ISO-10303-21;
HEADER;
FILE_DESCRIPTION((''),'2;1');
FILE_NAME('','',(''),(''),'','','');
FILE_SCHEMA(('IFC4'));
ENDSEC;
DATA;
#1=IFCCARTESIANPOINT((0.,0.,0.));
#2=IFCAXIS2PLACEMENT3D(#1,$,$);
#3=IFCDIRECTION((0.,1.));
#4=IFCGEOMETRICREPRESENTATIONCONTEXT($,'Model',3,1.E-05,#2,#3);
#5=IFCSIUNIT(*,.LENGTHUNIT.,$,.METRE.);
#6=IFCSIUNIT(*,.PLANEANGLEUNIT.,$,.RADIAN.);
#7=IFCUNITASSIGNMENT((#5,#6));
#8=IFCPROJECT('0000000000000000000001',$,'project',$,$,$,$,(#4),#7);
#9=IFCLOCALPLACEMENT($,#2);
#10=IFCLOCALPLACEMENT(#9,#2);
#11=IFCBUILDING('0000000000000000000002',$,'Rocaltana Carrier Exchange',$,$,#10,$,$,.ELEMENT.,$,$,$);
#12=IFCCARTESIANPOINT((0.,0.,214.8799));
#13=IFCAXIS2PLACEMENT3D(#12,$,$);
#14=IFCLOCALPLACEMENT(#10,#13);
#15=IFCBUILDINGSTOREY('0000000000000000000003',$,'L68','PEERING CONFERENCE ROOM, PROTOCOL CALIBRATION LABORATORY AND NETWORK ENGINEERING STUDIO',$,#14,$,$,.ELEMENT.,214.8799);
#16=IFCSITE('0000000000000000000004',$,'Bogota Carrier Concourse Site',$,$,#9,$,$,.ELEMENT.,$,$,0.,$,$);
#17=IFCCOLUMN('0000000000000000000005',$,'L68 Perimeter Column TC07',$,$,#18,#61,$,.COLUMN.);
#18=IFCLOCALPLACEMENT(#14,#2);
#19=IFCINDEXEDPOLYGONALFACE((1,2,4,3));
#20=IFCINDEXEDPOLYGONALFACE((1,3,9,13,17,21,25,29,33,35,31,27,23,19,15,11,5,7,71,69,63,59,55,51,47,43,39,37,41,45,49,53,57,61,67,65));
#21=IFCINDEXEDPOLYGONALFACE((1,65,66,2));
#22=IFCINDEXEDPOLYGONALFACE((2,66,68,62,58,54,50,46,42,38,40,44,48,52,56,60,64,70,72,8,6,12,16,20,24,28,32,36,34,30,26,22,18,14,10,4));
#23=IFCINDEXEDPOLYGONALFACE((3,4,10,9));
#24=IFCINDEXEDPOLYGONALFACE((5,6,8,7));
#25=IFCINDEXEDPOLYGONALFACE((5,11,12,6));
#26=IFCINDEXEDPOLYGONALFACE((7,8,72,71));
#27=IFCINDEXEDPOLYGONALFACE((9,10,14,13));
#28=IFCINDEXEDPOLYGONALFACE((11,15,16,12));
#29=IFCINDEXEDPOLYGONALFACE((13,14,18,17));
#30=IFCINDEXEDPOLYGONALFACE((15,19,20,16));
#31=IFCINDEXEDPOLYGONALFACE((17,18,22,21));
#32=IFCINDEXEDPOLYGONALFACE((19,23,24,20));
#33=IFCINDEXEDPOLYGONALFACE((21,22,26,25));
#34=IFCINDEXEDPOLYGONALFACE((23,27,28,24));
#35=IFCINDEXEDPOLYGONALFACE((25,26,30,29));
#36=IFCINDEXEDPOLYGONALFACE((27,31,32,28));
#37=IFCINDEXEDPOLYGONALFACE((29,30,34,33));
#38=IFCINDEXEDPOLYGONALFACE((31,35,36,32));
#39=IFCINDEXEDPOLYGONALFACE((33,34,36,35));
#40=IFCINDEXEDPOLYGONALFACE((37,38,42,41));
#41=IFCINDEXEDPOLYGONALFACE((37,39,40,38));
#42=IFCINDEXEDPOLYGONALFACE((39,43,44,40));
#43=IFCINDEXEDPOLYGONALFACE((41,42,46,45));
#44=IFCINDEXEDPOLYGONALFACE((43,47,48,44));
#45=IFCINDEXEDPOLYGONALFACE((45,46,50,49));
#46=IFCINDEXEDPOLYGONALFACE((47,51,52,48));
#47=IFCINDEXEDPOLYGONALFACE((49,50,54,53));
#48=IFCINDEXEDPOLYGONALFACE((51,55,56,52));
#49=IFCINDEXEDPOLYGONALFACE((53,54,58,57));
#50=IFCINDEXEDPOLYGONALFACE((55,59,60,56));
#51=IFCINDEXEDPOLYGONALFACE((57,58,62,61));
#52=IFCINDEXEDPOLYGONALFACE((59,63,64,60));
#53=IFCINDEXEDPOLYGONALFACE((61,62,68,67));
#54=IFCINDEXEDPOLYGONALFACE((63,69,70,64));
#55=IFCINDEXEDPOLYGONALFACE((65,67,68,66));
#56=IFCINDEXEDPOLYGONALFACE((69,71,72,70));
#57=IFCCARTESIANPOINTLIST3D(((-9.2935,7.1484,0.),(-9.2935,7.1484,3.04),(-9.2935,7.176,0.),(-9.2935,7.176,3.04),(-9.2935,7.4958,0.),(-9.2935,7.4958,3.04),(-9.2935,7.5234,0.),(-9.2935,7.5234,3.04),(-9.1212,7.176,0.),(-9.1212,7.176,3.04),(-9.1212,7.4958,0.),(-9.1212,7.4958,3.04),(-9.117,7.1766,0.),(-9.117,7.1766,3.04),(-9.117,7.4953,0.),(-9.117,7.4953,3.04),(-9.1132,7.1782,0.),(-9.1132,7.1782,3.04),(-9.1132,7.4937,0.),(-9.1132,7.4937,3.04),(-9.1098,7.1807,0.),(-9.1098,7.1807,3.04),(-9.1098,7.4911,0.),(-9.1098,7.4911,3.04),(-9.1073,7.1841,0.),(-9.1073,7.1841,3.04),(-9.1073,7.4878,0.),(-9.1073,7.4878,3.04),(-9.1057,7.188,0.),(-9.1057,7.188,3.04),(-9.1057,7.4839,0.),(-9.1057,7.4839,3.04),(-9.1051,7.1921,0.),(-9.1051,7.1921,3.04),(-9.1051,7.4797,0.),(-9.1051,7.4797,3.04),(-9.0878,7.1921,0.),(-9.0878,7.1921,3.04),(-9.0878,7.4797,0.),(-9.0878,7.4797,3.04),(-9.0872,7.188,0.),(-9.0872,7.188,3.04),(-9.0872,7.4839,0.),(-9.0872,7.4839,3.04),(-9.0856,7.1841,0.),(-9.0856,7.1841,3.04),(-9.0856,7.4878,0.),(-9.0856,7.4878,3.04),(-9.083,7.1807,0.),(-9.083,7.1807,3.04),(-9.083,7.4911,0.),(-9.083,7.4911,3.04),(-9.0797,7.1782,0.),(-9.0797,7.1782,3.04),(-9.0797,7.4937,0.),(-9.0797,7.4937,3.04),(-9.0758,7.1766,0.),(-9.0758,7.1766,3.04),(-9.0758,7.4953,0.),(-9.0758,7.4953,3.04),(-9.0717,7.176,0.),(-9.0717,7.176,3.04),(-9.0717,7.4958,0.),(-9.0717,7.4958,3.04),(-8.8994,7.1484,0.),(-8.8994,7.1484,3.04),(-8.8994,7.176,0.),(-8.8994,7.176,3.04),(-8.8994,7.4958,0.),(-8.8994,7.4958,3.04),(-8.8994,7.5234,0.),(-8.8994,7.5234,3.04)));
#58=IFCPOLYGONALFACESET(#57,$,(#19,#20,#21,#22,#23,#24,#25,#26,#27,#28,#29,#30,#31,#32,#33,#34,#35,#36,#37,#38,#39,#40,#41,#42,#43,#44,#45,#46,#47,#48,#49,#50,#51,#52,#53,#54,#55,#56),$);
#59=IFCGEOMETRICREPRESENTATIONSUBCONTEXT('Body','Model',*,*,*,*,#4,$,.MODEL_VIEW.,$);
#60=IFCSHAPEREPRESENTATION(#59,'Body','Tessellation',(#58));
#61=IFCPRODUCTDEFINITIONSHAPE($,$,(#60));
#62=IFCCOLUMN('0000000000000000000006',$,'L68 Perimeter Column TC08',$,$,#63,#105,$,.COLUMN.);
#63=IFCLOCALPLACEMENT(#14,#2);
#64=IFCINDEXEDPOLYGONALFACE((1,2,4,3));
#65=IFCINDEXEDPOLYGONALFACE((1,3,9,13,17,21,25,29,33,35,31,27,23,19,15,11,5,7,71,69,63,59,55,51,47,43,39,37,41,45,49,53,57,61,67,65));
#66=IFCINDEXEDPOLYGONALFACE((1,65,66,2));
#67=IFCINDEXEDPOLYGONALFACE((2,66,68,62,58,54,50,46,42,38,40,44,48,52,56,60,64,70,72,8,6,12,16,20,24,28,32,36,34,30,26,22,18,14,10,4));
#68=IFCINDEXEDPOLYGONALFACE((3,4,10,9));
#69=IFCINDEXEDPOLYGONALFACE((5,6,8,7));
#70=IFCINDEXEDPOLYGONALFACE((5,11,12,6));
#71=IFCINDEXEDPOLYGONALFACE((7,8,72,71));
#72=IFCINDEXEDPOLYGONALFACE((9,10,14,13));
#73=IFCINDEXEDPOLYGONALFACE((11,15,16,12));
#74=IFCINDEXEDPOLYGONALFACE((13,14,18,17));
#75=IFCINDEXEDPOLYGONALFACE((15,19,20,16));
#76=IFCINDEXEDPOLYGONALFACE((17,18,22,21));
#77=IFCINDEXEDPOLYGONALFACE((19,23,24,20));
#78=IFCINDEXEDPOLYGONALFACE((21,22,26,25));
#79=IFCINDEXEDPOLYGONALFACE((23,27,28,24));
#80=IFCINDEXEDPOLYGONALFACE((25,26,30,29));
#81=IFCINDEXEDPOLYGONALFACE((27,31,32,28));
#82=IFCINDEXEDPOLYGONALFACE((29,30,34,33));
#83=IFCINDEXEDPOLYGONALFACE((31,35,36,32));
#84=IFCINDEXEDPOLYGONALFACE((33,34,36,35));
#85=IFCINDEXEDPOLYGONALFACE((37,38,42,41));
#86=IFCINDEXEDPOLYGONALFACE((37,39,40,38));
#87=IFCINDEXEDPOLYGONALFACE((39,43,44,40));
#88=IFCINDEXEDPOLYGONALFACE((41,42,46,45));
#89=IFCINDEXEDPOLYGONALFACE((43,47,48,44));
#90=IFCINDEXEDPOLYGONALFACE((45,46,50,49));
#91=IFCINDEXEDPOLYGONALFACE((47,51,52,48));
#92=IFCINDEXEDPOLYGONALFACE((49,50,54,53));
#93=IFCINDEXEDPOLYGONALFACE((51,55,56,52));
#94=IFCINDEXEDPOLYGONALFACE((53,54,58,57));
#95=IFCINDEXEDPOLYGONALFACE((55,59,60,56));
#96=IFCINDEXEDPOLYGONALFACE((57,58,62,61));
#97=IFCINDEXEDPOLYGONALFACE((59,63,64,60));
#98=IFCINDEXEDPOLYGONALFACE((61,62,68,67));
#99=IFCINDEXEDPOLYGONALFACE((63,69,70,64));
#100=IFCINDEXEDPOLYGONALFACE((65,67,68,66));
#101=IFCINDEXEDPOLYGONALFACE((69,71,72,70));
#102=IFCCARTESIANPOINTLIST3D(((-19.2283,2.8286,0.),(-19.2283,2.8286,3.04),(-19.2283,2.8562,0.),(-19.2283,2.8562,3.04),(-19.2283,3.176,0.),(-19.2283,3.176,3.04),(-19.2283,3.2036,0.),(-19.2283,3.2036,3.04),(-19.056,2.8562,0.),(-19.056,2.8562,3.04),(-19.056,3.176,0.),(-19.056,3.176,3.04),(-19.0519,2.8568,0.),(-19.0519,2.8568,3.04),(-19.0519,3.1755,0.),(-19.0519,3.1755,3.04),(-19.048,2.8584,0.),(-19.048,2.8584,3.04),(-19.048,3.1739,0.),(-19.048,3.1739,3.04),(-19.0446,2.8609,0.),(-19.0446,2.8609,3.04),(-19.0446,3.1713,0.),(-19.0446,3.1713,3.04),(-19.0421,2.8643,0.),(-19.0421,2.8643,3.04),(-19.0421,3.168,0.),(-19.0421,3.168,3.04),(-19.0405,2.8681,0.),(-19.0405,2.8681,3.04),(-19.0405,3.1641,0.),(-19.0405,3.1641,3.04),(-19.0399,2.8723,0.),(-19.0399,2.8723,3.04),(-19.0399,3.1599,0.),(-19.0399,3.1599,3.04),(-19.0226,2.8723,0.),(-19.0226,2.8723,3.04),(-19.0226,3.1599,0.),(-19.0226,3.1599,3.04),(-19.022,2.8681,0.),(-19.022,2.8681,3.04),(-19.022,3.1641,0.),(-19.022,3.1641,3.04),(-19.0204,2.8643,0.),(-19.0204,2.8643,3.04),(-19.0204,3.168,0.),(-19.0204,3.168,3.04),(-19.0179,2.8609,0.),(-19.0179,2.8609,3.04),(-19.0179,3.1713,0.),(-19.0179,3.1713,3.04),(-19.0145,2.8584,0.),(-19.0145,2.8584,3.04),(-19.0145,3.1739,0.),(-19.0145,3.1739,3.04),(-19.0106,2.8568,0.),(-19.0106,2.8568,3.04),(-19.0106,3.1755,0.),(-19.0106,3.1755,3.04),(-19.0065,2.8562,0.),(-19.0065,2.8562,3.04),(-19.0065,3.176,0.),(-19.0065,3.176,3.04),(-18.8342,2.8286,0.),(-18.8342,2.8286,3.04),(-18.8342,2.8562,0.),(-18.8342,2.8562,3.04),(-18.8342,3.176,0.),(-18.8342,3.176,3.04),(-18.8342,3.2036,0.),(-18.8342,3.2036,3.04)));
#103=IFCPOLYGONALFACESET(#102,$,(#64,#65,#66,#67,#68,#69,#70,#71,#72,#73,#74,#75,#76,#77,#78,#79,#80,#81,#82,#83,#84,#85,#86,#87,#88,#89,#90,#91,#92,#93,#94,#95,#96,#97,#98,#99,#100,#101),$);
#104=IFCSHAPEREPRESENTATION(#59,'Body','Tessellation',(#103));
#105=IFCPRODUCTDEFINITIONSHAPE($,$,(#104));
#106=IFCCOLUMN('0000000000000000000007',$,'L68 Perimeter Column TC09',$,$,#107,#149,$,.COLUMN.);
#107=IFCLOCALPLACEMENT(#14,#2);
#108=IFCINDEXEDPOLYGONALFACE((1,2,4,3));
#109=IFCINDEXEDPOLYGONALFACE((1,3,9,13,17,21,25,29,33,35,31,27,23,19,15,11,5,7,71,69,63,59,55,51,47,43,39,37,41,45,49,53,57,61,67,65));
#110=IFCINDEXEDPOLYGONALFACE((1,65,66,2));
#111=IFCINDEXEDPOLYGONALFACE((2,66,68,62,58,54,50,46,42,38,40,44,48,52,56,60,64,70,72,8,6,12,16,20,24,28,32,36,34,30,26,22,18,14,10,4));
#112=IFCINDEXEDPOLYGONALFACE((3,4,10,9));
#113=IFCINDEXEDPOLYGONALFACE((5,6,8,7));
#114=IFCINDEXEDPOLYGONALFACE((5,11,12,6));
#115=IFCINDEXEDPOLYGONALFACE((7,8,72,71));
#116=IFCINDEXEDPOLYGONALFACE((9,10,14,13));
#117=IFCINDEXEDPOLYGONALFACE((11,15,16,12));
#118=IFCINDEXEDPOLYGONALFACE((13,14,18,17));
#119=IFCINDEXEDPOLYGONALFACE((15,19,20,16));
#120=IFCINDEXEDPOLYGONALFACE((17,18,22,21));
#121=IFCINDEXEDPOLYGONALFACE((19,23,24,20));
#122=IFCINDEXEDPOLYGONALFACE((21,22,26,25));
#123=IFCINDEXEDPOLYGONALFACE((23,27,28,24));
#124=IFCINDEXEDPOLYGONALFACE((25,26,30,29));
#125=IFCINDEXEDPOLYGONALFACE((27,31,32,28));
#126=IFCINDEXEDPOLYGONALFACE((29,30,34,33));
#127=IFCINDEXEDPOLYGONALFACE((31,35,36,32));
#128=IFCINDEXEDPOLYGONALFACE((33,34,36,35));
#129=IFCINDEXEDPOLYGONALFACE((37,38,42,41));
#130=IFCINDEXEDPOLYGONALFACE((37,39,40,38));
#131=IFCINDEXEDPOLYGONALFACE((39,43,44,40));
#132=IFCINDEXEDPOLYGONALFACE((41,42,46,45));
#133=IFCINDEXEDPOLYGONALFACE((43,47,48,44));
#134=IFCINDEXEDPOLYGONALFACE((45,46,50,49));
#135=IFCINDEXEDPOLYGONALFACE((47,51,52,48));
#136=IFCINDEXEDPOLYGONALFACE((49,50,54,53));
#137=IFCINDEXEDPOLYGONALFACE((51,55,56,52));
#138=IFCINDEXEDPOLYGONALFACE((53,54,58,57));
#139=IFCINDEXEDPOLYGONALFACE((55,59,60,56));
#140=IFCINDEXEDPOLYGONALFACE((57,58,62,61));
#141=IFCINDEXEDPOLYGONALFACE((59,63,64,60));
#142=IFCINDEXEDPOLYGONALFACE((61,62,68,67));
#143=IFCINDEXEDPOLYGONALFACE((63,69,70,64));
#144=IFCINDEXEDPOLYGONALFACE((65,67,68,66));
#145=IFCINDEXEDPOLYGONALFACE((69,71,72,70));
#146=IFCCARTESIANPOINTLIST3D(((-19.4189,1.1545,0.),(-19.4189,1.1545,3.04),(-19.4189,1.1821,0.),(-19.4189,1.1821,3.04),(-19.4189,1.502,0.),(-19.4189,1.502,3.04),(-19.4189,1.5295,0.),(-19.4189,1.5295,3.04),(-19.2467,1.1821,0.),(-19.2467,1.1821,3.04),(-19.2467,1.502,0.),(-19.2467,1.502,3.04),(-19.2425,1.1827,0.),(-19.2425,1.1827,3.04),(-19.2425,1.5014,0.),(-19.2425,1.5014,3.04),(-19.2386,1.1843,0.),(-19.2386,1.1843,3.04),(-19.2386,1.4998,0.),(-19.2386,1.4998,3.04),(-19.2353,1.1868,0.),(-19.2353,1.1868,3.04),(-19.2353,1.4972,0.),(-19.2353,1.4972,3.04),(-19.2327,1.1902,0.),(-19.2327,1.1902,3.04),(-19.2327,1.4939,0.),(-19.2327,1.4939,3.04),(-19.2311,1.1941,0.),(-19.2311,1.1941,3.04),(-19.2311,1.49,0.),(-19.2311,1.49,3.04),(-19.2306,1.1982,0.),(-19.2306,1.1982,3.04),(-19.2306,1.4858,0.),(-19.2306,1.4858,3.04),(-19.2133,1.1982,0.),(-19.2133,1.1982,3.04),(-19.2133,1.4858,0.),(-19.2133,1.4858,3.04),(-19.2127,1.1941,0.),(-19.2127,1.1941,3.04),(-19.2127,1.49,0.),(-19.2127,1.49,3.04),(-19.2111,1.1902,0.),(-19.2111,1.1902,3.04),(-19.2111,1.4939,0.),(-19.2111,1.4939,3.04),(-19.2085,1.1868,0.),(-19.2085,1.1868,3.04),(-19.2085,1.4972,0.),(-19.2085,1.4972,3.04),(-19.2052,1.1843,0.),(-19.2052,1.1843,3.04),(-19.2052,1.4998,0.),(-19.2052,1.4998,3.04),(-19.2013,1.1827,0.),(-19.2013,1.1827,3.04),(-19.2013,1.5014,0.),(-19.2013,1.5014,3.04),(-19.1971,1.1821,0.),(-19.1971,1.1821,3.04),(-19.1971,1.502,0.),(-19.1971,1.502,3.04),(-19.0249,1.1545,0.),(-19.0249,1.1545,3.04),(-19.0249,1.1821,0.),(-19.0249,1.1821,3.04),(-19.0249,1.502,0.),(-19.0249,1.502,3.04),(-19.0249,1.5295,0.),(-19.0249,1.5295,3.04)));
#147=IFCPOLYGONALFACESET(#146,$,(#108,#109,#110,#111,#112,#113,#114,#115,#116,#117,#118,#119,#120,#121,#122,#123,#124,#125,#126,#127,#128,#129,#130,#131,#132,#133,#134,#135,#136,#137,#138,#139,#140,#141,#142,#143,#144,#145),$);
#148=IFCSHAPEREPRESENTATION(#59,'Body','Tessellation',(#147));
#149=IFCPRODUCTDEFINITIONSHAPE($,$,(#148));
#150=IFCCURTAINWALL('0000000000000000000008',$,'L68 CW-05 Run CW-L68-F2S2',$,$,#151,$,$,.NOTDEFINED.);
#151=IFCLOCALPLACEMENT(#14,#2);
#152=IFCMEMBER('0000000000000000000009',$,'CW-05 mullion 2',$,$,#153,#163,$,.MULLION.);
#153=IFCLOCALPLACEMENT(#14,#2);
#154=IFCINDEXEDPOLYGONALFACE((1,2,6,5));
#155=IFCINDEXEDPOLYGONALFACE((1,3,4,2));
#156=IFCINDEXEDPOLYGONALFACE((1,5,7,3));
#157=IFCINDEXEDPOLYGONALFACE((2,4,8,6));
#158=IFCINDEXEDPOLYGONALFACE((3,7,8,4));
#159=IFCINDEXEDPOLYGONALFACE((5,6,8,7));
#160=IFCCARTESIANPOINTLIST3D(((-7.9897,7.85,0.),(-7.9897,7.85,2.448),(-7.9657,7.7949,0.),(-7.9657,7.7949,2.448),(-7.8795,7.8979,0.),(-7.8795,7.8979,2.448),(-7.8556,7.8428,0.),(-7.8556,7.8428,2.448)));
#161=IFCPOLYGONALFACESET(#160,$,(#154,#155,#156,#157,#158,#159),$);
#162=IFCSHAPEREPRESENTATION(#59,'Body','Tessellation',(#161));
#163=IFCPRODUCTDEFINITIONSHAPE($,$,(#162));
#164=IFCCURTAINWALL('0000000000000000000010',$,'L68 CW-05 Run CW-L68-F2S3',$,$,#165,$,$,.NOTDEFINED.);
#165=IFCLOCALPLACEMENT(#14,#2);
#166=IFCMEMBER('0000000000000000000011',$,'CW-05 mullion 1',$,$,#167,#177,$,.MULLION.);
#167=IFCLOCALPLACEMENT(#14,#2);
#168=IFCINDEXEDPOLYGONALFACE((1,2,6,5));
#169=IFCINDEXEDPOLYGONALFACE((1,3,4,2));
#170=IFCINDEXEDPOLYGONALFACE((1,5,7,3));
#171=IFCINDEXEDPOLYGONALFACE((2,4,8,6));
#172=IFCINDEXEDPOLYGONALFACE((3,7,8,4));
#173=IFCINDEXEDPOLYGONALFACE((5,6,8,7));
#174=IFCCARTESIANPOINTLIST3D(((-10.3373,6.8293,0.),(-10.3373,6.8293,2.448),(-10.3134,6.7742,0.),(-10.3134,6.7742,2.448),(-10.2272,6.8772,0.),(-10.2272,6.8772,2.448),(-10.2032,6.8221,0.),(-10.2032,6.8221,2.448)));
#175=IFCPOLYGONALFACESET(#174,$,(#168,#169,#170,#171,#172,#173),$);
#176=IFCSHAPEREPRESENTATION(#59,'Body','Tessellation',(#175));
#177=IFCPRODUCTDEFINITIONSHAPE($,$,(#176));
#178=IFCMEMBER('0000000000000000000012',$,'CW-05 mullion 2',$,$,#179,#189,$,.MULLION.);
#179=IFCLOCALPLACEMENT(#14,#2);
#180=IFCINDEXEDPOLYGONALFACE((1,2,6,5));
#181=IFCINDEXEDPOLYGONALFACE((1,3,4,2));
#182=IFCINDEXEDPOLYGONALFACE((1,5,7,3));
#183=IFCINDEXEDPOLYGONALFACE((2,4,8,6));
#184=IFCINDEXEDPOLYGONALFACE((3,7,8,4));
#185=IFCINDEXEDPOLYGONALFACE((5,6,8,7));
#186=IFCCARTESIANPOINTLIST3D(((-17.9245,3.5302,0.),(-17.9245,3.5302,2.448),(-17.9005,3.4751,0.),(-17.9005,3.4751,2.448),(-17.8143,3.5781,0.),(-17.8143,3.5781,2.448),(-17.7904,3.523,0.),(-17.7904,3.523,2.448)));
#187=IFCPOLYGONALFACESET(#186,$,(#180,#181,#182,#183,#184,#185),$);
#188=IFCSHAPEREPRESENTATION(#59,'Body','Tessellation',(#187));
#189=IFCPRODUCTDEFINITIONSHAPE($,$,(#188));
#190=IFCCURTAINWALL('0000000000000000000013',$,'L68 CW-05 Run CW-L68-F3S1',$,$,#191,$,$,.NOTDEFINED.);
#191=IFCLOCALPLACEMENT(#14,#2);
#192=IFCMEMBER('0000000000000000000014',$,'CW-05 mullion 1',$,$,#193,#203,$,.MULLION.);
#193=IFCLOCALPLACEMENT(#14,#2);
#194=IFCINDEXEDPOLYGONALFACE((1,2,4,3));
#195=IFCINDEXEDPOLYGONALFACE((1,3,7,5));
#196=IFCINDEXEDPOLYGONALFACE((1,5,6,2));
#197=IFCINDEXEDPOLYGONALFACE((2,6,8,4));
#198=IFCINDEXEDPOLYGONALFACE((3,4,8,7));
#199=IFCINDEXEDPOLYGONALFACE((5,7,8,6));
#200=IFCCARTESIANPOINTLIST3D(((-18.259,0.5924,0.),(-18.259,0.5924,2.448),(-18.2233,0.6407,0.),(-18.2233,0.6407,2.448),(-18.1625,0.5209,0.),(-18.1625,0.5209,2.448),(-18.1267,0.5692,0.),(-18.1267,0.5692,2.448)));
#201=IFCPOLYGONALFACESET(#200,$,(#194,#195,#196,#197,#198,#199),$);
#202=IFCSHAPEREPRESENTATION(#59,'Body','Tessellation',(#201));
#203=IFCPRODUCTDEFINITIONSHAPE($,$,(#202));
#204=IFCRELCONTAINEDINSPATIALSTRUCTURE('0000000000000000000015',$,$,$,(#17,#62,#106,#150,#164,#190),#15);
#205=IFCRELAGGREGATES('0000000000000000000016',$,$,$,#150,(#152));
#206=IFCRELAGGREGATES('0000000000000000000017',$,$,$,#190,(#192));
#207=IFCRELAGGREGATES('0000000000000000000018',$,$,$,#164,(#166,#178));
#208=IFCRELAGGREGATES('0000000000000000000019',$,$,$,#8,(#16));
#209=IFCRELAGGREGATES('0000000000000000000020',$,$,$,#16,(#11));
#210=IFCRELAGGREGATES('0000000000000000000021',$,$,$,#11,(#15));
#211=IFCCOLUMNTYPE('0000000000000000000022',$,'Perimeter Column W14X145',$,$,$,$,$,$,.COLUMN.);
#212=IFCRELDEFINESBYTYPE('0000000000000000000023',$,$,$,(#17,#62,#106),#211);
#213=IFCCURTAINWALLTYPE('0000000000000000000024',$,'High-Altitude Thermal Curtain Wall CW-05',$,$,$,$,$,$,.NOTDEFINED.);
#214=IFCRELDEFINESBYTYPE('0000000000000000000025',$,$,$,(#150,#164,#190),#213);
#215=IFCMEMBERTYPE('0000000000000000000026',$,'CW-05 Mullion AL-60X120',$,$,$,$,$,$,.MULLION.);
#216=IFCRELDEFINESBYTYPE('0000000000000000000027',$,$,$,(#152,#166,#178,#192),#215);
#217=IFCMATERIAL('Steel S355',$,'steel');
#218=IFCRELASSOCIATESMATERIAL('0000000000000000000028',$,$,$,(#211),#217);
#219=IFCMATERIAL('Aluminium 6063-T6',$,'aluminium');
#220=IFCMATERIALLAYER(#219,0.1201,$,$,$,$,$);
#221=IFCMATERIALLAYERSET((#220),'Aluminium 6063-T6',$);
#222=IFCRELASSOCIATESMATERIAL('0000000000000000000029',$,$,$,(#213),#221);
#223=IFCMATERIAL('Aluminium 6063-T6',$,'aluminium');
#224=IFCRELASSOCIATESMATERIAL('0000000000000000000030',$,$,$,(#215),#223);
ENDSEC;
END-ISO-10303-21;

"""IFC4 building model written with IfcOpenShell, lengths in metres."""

from ifc_helpers import new_model, si_unit, direction, frame, origin, origin_2d, place, context, subcontext, project, spatial, rectangle, i_section, extrude, material, layer, layer_set, material_profile, profile_set, type_object, element, aggregate, save


model = new_model("IFC4")

# Units and contexts
model_context = context("Model", 3, precision=1e-05, world=origin(), true_north=direction((0.0, 1.0)))
body_context = subcontext(model_context, "Body", "Model", "MODEL_VIEW")
ifc_project = project(units=[si_unit("LENGTHUNIT", "METRE"), si_unit("PLANEANGLEUNIT", "RADIAN")], contexts=[model_context])

# Site, building, storey
site_placement = place(None, origin())
site = spatial("IfcSite", under=ifc_project, at=site_placement, Name="Bogota Carrier Concourse Site", CompositionType="ELEMENT", RefElevation=0.0)
building_placement = place(site_placement, origin())
building = spatial("IfcBuilding", under=site, at=building_placement, Name="Rocaltana Carrier Exchange", CompositionType="ELEMENT")
storey_placement = place(building_placement, frame((0.0, 0.0, 214.8799)))
storey = spatial("IfcBuildingStorey", under=building, at=storey_placement, Name="L68", Description="PEERING CONFERENCE ROOM, PROTOCOL CALIBRATION LABORATORY AND NETWORK ENGINEERING STUDIO", CompositionType="ELEMENT", Elevation=214.8799)

# Columns
ifc_material_1 = material(Name="Steel S355", Category="steel")
ifc_material_profile_1 = material_profile(ifc_material_1, i_section(OverallWidth=0.394, OverallDepth=0.375, WebThickness=0.0173, FlangeThickness=0.0276, FilletRadius=0.0161, at=origin_2d()), Name="W14X145")
ifc_profile_set_1 = profile_set([ifc_material_profile_1], Name="Steel S355")
column_type = type_object("IfcColumnType", Name="Perimeter Column W14X145", PredefinedType="COLUMN", material=ifc_profile_set_1)
for number, where, z_axis, x_axis, name in (
    (1, (-9.0964, 7.3359, 0.0), (0.0, 0.0, 1.0), (1.0, 0.0, 0.0), "L68 Perimeter Column TC07"),
    (2, (-19.0312, 3.0161, 0.0), (0.0, 0.0, 1.0), (1.0, 0.0, 0.0), "L68 Perimeter Column TC08"),
    (3, (-19.2219, 1.342, 0.0), (0.0, 0.0, 1.0), (1.0, 0.0, 0.0), "L68 Perimeter Column TC09"),
):
    element("IfcColumn", number, at=place(storey_placement, frame(where, z_axis=z_axis, x_axis=x_axis)), inside=storey, type_object=column_type, Name=name, PredefinedType="COLUMN", context=body_context, shape_type="SweptSolid", body=[
        extrude(i_section(OverallWidth=0.394, OverallDepth=0.375, WebThickness=0.0173, FlangeThickness=0.0276, FilletRadius=0.0161, at=origin_2d()), origin(), (0.0, 0.0, 1.0), 3.04),
    ])

# Curtain wall, member
ifc_material_2 = material(Name="Aluminium 6063-T6", Category="aluminium")
ifc_layer_1 = layer(ifc_material_2, 0.1201)
ifc_layer_set_1 = layer_set([ifc_layer_1], Name="Aluminium 6063-T6")
curtain_wall_type = type_object("IfcCurtainWallType", Name="High-Altitude Thermal Curtain Wall CW-05", PredefinedType="NOTDEFINED", material=ifc_layer_set_1)
curtain_wall_1_placement = place(storey_placement, origin())
curtain_wall_1 = element("IfcCurtainWall", 4, at=curtain_wall_1_placement, inside=storey, type_object=curtain_wall_type, Name="L68 CW-05 Run CW-L68-F2S2", PredefinedType="NOTDEFINED")
ifc_material_3 = material(Name="Aluminium 6063-T6", Category="aluminium")
ifc_material_profile_2 = material_profile(ifc_material_3, rectangle(XDim=0.0601, YDim=0.1201, at=origin_2d()), Name="AL-60X120")
ifc_profile_set_2 = profile_set([ifc_material_profile_2], Name="Aluminium 6063-T6")
member_type_1 = type_object("IfcMemberType", Name="CW-05 Mullion AL-60X120", PredefinedType="MULLION", material=ifc_profile_set_2)
member_1_placement = place(storey_placement, frame((-7.9226, 7.8464, 0.0), z_axis=(0.0, 0.0, 1.0), x_axis=(0.398752, -0.917059, 0.0)))
member_1 = element("IfcMember", 5, at=member_1_placement, type_object=member_type_1, Name="CW-05 mullion 2", PredefinedType="MULLION", context=body_context, shape_type="SweptSolid", body=[
    extrude(rectangle(XDim=0.0601, YDim=0.1201, at=origin_2d()), origin(), (0.0, 0.0, 1.0), 2.448),
])
aggregate(curtain_wall_1, [member_1])

# Curtain wall, members
curtain_wall_2_placement = place(storey_placement, origin())
curtain_wall_2 = element("IfcCurtainWall", 6, at=curtain_wall_2_placement, inside=storey, type_object=curtain_wall_type, Name="L68 CW-05 Run CW-L68-F2S3", PredefinedType="NOTDEFINED")
member_2_placement = place(storey_placement, frame((-10.2703, 6.8257, 0.0), z_axis=(0.0, 0.0, 1.0), x_axis=(0.398757, -0.917057, 0.0)))
member_2 = element("IfcMember", 7, at=member_2_placement, type_object=member_type_1, Name="CW-05 mullion 1", PredefinedType="MULLION", context=body_context, shape_type="SweptSolid", body=[
    extrude(rectangle(XDim=0.0601, YDim=0.1201, at=origin_2d()), origin(), (0.0, 0.0, 1.0), 2.448),
])
member_3_placement = place(storey_placement, frame((-17.8574, 3.5266, 0.0), z_axis=(0.0, 0.0, 1.0), x_axis=(0.398757, -0.917057, 0.0)))
member_3 = element("IfcMember", 8, at=member_3_placement, type_object=member_type_1, Name="CW-05 mullion 2", PredefinedType="MULLION", context=body_context, shape_type="SweptSolid", body=[
    extrude(rectangle(XDim=0.0601, YDim=0.1201, at=origin_2d()), origin(), (0.0, 0.0, 1.0), 2.448),
])

# Curtain wall, member
curtain_wall_3_placement = place(storey_placement, origin())
curtain_wall_3 = element("IfcCurtainWall", 9, at=curtain_wall_3_placement, inside=storey, type_object=curtain_wall_type, Name="L68 CW-05 Run CW-L68-F3S1", PredefinedType="NOTDEFINED")
member_4_placement = place(storey_placement, frame((-18.1929, 0.5808, 0.0), z_axis=(0.0, 0.0, 1.0), x_axis=(0.594827, 0.803854, 0.0)))
member_4 = element("IfcMember", 10, at=member_4_placement, type_object=member_type_1, Name="CW-05 mullion 1", PredefinedType="MULLION", context=body_context, shape_type="SweptSolid", body=[
    extrude(rectangle(XDim=0.0601, YDim=0.1201, at=origin_2d()), origin(), (0.0, 0.0, 1.0), 2.448),
])

aggregate(curtain_wall_3, [member_4])

aggregate(curtain_wall_2, [member_2, member_3])

save(model, "model.ifc")
